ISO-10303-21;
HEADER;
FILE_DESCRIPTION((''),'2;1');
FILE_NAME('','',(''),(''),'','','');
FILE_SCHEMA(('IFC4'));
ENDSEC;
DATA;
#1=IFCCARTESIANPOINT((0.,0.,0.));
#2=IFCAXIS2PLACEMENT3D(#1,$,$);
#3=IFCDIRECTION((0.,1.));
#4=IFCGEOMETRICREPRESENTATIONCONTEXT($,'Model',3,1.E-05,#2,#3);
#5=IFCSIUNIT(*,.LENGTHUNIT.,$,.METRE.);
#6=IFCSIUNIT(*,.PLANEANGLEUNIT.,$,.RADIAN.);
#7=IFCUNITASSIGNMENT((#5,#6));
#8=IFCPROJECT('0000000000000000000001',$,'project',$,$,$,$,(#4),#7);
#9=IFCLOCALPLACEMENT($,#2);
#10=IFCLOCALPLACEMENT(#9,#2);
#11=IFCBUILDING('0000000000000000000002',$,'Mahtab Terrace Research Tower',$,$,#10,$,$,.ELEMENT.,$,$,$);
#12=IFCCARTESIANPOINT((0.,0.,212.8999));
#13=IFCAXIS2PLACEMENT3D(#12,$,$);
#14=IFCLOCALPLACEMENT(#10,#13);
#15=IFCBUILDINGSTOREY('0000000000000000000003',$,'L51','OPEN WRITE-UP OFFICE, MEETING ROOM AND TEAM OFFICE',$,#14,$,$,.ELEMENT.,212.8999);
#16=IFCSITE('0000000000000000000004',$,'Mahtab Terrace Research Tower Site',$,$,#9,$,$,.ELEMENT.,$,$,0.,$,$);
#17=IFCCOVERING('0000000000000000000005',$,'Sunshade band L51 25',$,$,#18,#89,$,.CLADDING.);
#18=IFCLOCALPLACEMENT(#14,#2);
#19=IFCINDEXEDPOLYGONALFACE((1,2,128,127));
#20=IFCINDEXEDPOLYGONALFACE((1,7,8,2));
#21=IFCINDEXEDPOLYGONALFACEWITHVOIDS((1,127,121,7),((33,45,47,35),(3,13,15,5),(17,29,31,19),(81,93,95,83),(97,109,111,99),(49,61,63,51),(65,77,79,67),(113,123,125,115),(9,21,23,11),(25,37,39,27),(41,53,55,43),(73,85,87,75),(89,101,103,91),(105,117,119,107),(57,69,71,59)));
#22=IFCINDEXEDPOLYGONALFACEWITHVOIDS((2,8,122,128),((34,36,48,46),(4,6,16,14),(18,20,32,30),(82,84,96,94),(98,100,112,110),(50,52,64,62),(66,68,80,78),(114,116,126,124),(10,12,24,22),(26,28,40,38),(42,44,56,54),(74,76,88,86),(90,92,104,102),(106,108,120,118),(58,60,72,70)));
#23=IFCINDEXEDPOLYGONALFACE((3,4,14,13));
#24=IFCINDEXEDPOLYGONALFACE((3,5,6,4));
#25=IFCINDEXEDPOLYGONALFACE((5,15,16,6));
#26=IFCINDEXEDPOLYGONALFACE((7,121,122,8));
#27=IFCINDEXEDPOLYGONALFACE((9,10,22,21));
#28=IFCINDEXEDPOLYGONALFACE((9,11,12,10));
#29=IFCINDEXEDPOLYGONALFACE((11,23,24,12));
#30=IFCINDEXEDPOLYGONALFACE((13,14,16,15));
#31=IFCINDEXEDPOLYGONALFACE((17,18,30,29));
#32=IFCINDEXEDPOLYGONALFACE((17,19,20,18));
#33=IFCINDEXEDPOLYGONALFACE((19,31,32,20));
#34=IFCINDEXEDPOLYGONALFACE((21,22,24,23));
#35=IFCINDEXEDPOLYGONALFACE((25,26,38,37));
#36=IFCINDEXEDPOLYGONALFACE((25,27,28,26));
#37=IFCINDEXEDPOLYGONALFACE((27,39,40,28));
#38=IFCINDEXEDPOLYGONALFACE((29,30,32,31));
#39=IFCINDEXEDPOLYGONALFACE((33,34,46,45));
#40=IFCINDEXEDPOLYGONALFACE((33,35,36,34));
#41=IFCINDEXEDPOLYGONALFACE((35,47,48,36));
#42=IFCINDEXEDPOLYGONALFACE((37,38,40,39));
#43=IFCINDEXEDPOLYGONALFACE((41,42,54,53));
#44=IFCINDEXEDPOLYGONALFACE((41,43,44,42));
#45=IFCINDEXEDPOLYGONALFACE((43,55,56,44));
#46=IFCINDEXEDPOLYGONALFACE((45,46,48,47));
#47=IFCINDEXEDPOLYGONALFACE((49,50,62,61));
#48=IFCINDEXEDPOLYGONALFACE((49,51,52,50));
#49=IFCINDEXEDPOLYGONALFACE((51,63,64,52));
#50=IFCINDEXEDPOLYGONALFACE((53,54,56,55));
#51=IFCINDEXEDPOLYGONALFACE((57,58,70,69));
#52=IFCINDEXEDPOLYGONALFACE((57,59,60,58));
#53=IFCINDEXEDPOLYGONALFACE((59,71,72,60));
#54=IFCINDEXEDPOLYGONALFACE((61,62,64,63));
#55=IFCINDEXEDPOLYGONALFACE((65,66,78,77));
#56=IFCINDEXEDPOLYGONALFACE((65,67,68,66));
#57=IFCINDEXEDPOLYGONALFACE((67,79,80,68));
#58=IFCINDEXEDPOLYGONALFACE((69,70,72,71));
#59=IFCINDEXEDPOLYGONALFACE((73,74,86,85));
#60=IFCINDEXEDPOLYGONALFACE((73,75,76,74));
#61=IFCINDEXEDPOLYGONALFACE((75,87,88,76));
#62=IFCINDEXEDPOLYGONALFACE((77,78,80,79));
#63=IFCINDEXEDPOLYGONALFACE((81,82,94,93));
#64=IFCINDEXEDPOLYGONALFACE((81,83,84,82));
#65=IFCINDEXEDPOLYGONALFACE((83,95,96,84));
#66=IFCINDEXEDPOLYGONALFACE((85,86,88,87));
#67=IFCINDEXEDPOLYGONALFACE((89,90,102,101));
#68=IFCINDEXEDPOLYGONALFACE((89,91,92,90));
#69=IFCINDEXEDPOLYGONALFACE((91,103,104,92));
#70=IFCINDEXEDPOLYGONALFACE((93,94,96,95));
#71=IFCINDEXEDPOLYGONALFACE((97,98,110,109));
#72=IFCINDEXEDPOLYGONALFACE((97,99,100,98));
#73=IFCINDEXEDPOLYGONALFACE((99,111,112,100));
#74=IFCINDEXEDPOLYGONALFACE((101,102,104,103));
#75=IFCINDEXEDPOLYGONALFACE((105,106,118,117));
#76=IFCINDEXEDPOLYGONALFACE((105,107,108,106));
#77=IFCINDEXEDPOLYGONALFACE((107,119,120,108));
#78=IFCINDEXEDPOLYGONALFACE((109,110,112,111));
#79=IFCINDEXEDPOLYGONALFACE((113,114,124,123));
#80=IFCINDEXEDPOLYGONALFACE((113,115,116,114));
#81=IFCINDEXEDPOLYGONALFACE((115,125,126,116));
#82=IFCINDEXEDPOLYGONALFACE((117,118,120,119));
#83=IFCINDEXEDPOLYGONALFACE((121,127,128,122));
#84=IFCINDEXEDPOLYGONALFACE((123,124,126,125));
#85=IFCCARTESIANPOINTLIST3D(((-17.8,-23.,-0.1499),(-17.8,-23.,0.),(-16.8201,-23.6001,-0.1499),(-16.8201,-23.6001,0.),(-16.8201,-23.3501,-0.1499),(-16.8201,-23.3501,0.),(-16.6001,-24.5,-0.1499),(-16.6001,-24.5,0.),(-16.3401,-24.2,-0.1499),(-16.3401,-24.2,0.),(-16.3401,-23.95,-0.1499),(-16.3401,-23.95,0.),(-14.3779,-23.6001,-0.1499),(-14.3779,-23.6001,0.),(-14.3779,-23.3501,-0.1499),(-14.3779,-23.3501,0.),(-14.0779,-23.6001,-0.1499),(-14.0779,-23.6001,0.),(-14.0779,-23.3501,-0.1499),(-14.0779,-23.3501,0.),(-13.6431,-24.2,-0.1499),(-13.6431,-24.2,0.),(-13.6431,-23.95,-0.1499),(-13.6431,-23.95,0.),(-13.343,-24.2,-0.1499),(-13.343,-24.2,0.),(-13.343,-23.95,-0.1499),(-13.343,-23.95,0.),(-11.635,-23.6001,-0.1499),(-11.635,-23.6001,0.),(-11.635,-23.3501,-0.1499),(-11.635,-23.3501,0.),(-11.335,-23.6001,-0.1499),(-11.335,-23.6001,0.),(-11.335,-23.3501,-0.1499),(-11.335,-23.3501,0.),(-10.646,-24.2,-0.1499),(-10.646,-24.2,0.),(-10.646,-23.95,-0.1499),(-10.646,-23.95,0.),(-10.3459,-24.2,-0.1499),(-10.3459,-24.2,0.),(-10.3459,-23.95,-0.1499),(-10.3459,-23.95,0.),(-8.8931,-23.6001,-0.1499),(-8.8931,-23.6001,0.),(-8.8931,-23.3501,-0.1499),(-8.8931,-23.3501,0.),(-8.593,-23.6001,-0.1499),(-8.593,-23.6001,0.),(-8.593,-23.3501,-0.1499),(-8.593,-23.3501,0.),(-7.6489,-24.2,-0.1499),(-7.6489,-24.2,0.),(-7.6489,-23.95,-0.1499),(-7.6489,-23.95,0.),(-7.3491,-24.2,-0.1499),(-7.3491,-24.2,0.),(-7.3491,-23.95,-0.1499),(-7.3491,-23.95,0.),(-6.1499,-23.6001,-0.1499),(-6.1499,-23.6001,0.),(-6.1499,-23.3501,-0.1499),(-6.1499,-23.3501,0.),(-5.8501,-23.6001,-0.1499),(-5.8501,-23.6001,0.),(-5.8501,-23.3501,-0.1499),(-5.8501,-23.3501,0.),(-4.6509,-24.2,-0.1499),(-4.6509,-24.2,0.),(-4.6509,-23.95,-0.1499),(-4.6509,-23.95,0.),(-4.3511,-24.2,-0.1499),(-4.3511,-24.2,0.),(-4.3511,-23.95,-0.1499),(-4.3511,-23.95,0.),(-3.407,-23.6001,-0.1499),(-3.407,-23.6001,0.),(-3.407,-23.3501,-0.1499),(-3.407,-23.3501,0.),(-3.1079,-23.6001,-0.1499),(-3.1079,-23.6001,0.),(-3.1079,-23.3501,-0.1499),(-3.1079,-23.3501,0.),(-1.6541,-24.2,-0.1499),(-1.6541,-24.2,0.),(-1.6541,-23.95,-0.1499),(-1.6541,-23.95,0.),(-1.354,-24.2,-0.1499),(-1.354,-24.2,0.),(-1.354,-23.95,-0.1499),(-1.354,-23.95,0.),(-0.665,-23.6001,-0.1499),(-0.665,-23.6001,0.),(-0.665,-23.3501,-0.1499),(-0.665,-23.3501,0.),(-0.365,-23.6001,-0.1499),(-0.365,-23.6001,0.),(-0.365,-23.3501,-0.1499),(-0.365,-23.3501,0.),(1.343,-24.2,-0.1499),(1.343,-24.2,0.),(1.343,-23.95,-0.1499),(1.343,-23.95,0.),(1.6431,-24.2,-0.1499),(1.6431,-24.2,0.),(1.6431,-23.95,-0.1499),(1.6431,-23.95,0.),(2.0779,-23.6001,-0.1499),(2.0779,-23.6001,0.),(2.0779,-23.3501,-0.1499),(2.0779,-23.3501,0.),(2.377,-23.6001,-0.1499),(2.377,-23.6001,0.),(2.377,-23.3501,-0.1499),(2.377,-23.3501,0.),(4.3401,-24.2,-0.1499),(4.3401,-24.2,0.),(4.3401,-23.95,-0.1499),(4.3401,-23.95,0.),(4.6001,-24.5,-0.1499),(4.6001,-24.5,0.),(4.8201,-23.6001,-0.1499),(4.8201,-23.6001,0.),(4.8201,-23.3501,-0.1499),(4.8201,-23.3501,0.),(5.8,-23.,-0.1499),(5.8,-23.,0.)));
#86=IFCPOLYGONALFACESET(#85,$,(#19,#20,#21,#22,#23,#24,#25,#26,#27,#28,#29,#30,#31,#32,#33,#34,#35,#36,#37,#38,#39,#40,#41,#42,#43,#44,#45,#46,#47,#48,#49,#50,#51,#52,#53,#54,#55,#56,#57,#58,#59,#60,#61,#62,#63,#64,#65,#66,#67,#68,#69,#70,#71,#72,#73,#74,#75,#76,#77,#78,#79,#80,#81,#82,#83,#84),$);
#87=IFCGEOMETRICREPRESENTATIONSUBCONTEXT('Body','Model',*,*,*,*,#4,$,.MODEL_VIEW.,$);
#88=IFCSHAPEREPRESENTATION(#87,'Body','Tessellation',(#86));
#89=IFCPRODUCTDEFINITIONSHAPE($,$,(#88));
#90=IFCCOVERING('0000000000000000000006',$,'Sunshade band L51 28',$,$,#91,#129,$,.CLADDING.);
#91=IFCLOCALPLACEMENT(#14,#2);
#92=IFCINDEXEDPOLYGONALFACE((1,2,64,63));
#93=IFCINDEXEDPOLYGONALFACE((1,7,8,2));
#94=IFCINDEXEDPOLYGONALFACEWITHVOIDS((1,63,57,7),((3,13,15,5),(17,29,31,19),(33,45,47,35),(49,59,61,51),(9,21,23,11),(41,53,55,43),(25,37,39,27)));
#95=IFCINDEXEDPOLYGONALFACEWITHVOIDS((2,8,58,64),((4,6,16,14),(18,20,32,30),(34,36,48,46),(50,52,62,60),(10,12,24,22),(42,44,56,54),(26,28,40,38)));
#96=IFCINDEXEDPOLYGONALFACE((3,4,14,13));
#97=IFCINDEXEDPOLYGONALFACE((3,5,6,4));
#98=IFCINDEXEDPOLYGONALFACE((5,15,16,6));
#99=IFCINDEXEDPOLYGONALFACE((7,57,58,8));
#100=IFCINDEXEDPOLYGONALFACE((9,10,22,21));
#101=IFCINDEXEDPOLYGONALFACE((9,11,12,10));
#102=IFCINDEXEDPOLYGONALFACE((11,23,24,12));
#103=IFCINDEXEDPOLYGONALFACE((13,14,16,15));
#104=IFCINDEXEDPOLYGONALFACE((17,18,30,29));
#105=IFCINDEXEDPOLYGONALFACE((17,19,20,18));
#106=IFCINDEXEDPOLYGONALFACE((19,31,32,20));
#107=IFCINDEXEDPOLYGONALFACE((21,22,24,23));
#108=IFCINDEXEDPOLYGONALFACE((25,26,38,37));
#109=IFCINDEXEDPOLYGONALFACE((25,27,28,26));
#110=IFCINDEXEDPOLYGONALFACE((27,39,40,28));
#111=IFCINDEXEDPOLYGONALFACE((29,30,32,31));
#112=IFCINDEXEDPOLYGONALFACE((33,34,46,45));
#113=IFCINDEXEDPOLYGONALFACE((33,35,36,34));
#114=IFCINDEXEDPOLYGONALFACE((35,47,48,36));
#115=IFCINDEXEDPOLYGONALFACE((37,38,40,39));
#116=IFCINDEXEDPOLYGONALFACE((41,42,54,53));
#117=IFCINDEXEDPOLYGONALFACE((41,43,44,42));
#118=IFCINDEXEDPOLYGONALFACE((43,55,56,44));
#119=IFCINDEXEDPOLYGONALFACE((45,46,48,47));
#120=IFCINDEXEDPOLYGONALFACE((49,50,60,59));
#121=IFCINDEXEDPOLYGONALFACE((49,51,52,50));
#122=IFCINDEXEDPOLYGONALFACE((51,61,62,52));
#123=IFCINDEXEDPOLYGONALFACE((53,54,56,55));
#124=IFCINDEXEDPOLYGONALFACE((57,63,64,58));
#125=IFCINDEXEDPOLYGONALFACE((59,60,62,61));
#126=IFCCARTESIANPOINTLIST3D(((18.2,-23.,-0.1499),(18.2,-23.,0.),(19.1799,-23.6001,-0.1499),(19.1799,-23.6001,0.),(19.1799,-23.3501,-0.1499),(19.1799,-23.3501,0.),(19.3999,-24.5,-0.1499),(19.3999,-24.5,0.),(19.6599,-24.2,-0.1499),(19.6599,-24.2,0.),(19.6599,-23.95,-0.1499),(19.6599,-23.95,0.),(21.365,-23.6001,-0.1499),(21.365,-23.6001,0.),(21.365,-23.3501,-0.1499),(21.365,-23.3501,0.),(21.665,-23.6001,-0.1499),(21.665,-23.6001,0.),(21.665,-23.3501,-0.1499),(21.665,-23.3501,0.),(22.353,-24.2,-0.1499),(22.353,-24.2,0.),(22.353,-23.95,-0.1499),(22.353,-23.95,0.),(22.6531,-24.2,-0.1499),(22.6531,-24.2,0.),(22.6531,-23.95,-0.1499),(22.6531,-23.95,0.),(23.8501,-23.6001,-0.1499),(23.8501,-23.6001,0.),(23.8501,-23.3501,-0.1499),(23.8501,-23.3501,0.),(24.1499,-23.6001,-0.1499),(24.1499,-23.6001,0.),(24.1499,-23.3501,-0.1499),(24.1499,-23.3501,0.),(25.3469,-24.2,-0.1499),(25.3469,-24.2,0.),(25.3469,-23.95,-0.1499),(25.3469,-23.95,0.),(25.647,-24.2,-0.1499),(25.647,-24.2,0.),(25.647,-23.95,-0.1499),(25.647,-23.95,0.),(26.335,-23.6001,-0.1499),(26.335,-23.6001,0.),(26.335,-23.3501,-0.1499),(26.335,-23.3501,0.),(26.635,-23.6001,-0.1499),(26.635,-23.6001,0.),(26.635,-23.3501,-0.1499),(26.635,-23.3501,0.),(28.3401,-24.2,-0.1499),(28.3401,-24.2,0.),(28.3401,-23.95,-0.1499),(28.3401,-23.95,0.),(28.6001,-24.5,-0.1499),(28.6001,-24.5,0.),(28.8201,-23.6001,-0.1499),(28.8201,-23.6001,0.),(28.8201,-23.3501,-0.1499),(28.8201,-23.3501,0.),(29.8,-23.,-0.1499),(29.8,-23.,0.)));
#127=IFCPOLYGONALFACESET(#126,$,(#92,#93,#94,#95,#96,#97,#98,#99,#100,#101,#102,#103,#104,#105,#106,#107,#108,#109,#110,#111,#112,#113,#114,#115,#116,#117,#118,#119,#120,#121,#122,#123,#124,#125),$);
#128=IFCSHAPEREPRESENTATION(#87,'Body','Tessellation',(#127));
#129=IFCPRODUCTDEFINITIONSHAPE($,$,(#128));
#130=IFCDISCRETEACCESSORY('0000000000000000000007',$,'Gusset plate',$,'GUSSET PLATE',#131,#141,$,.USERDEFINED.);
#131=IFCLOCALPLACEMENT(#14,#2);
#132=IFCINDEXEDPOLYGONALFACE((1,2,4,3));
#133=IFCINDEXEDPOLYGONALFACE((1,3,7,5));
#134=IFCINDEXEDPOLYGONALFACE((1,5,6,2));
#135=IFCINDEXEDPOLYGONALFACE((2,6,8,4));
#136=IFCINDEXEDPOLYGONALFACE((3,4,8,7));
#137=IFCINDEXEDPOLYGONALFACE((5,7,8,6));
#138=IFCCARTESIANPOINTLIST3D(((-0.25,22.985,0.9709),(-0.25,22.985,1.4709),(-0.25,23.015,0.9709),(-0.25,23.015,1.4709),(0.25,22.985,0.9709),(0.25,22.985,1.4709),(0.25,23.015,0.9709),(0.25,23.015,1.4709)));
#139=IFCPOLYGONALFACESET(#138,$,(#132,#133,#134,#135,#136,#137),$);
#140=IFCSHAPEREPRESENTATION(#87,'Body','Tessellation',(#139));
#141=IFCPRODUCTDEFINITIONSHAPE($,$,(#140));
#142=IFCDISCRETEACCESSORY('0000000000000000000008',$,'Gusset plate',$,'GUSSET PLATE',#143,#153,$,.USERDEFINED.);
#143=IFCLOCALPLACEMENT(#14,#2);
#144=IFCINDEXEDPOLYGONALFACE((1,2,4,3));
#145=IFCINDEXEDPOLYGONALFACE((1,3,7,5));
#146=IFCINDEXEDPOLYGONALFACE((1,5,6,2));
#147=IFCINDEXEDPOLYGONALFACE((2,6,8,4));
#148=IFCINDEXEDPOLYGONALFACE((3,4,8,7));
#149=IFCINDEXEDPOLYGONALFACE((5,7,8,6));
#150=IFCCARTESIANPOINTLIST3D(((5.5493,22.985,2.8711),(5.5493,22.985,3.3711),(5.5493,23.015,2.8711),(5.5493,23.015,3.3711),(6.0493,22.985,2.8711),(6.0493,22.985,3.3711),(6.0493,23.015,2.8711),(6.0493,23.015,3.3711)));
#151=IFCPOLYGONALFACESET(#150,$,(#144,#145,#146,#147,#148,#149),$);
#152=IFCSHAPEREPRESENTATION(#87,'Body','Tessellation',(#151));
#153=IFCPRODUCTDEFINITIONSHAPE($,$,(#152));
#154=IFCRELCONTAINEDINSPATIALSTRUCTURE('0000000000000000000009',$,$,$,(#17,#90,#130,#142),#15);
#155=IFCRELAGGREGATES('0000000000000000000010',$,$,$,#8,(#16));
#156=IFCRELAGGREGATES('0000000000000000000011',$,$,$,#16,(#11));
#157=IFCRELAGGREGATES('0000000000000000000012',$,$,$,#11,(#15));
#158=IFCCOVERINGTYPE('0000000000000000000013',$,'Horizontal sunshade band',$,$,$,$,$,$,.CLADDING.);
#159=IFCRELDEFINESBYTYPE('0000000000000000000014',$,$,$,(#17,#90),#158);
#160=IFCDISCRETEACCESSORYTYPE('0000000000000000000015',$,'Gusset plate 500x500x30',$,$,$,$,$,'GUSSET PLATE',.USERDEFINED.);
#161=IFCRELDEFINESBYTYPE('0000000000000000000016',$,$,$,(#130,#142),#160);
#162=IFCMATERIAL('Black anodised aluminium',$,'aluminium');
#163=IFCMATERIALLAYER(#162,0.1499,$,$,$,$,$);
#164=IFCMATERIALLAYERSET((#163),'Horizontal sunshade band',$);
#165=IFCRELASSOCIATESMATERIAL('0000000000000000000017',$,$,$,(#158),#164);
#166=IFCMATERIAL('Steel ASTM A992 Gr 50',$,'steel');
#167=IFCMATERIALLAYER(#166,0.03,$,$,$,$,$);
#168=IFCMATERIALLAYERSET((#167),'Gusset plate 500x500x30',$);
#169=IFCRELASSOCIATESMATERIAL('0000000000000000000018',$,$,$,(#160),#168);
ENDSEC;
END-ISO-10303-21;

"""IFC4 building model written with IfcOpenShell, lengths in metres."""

from ifc_helpers import new_model, si_unit, direction, frame, origin, origin_2d, place, context, subcontext, project, spatial, polyline, rectangle, outline, extrude, material, layer, layer_set, type_object, element, save


model = new_model("IFC4")

# Units and contexts
model_context = context("Model", 3, precision=1e-05, world=origin(), true_north=direction((0.0, 1.0)))
body_context = subcontext(model_context, "Body", "Model", "MODEL_VIEW")
ifc_project = project(units=[si_unit("LENGTHUNIT", "METRE"), si_unit("PLANEANGLEUNIT", "RADIAN")], contexts=[model_context])

# Site, building, storey
site_placement = place(None, origin())
site = spatial("IfcSite", under=ifc_project, at=site_placement, Name="Mahtab Terrace Research Tower Site", CompositionType="ELEMENT", RefElevation=0.0)
building_placement = place(site_placement, origin())
building = spatial("IfcBuilding", under=site, at=building_placement, Name="Mahtab Terrace Research Tower", CompositionType="ELEMENT")
storey_placement = place(building_placement, frame((0.0, 0.0, 212.8999)))
storey = spatial("IfcBuildingStorey", under=building, at=storey_placement, Name="L51", Description="OPEN WRITE-UP OFFICE, MEETING ROOM AND TEAM OFFICE", CompositionType="ELEMENT", Elevation=212.8999)

# Shared definitions
ifc_material_1 = material(Name="Steel ASTM A992 Gr 50", Category="steel")

# Coverings
ifc_material_2 = material(Name="Black anodised aluminium", Category="aluminium")
ifc_layer_1 = layer(ifc_material_2, 0.1499)
ifc_layer_set_1 = layer_set([ifc_layer_1], Name="Horizontal sunshade band")
covering_type_1 = type_object("IfcCoveringType", Name="Horizontal sunshade band", PredefinedType="CLADDING", material=ifc_layer_set_1)
covering_1_placement = place(storey_placement, frame((0.0, 0.0, -0.1499)))
element("IfcCovering", 1, at=covering_1_placement, inside=storey, type_object=covering_type_1, Name="Sunshade band L51 25", PredefinedType="CLADDING", context=body_context, shape_type="SweptSolid", body=[
    extrude(outline(polyline([(-17.8, -23.0), (5.8, -23.0), (4.6001, -24.5), (-16.6001, -24.5), (-17.8, -23.0)]), holes=[polyline([(-16.8201, -23.3501), (-14.3779, -23.3501), (-14.3779, -23.6001), (-16.8201, -23.6001), (-16.8201, -23.3501)]), polyline([(-14.0779, -23.3501), (-11.635, -23.3501), (-11.635, -23.6001), (-14.0779, -23.6001), (-14.0779, -23.3501)]), polyline([(-11.335, -23.3501), (-8.8931, -23.3501), (-8.8931, -23.6001), (-11.335, -23.6001), (-11.335, -23.3501)]), polyline([(-8.593, -23.3501), (-6.1499, -23.3501), (-6.1499, -23.6001), (-8.593, -23.6001), (-8.593, -23.3501)]), polyline([(-5.8501, -23.3501), (-3.407, -23.3501), (-3.407, -23.6001), (-5.8501, -23.6001), (-5.8501, -23.3501)]), polyline([(-3.1079, -23.3501), (-0.665, -23.3501), (-0.665, -23.6001), (-3.1079, -23.6001), (-3.1079, -23.3501)]), polyline([(-0.365, -23.3501), (2.0779, -23.3501), (2.0779, -23.6001), (-0.365, -23.6001), (-0.365, -23.3501)]), polyline([(2.377, -23.3501), (4.8201, -23.3501), (4.8201, -23.6001), (2.377, -23.6001), (2.377, -23.3501)]), polyline([(-16.3401, -23.95), (-13.6431, -23.95), (-13.6431, -24.2), (-16.3401, -24.2), (-16.3401, -23.95)]), polyline([(-13.343, -23.95), (-10.646, -23.95), (-10.646, -24.2), (-13.343, -24.2), (-13.343, -23.95)]), polyline([(-10.3459, -23.95), (-7.6489, -23.95), (-7.6489, -24.2), (-10.3459, -24.2), (-10.3459, -23.95)]), polyline([(-7.3491, -23.95), (-4.6509, -23.95), (-4.6509, -24.2), (-7.3491, -24.2), (-7.3491, -23.95)]), polyline([(-4.3511, -23.95), (-1.6541, -23.95), (-1.6541, -24.2), (-4.3511, -24.2), (-4.3511, -23.95)]), polyline([(-1.354, -23.95), (1.343, -23.95), (1.343, -24.2), (-1.354, -24.2), (-1.354, -23.95)]), polyline([(1.6431, -23.95), (4.3401, -23.95), (4.3401, -24.2), (1.6431, -24.2), (1.6431, -23.95)])]), origin(), (0.0, 0.0, 1.0), 0.1499),
])
covering_2_placement = place(storey_placement, frame((0.0, 0.0, -0.1499)))
element("IfcCovering", 2, at=covering_2_placement, inside=storey, type_object=covering_type_1, Name="Sunshade band L51 28", PredefinedType="CLADDING", context=body_context, shape_type="SweptSolid", body=[
    extrude(outline(polyline([(18.2, -23.0), (29.8, -23.0), (28.6001, -24.5), (19.3999, -24.5), (18.2, -23.0)]), holes=[polyline([(19.1799, -23.3501), (21.365, -23.3501), (21.365, -23.6001), (19.1799, -23.6001), (19.1799, -23.3501)]), polyline([(21.665, -23.3501), (23.8501, -23.3501), (23.8501, -23.6001), (21.665, -23.6001), (21.665, -23.3501)]), polyline([(24.1499, -23.3501), (26.335, -23.3501), (26.335, -23.6001), (24.1499, -23.6001), (24.1499, -23.3501)]), polyline([(26.635, -23.3501), (28.8201, -23.3501), (28.8201, -23.6001), (26.635, -23.6001), (26.635, -23.3501)]), polyline([(19.6599, -23.95), (22.353, -23.95), (22.353, -24.2), (19.6599, -24.2), (19.6599, -23.95)]), polyline([(22.6531, -23.95), (25.3469, -23.95), (25.3469, -24.2), (22.6531, -24.2), (22.6531, -23.95)]), polyline([(25.647, -23.95), (28.3401, -23.95), (28.3401, -24.2), (25.647, -24.2), (25.647, -23.95)])]), origin(), (0.0, 0.0, 1.0), 0.1499),
])

# Discrete accessories
ifc_layer_2 = layer(ifc_material_1, 0.03)
ifc_layer_set_2 = layer_set([ifc_layer_2], Name="Gusset plate 500x500x30")
discrete_accessory_type = type_object("IfcDiscreteAccessoryType", Name="Gusset plate 500x500x30", ElementType="GUSSET PLATE", PredefinedType="USERDEFINED", material=ifc_layer_set_2)
for number, where, z_axis, x_axis, name in (
    (3, (0.0, 23.0, 0.9709), (0.0, 0.0, 1.0), (1.0, 0.0, 0.0), "Gusset plate"),
    (4, (5.7993, 23.0, 2.8711), (0.0, 0.0, 1.0), (1.0, 0.0, 0.0), "Gusset plate"),
):
    element("IfcDiscreteAccessory", number, at=place(storey_placement, frame(where, z_axis=z_axis, x_axis=x_axis)), inside=storey, type_object=discrete_accessory_type, Name=name, ObjectType="GUSSET PLATE", PredefinedType="USERDEFINED", context=body_context, shape_type="SweptSolid", body=[
        extrude(rectangle(XDim=0.5, YDim=0.03, at=origin_2d()), origin(), (0.0, 0.0, 1.0), 0.5),
    ])

save(model, "model.ifc")
